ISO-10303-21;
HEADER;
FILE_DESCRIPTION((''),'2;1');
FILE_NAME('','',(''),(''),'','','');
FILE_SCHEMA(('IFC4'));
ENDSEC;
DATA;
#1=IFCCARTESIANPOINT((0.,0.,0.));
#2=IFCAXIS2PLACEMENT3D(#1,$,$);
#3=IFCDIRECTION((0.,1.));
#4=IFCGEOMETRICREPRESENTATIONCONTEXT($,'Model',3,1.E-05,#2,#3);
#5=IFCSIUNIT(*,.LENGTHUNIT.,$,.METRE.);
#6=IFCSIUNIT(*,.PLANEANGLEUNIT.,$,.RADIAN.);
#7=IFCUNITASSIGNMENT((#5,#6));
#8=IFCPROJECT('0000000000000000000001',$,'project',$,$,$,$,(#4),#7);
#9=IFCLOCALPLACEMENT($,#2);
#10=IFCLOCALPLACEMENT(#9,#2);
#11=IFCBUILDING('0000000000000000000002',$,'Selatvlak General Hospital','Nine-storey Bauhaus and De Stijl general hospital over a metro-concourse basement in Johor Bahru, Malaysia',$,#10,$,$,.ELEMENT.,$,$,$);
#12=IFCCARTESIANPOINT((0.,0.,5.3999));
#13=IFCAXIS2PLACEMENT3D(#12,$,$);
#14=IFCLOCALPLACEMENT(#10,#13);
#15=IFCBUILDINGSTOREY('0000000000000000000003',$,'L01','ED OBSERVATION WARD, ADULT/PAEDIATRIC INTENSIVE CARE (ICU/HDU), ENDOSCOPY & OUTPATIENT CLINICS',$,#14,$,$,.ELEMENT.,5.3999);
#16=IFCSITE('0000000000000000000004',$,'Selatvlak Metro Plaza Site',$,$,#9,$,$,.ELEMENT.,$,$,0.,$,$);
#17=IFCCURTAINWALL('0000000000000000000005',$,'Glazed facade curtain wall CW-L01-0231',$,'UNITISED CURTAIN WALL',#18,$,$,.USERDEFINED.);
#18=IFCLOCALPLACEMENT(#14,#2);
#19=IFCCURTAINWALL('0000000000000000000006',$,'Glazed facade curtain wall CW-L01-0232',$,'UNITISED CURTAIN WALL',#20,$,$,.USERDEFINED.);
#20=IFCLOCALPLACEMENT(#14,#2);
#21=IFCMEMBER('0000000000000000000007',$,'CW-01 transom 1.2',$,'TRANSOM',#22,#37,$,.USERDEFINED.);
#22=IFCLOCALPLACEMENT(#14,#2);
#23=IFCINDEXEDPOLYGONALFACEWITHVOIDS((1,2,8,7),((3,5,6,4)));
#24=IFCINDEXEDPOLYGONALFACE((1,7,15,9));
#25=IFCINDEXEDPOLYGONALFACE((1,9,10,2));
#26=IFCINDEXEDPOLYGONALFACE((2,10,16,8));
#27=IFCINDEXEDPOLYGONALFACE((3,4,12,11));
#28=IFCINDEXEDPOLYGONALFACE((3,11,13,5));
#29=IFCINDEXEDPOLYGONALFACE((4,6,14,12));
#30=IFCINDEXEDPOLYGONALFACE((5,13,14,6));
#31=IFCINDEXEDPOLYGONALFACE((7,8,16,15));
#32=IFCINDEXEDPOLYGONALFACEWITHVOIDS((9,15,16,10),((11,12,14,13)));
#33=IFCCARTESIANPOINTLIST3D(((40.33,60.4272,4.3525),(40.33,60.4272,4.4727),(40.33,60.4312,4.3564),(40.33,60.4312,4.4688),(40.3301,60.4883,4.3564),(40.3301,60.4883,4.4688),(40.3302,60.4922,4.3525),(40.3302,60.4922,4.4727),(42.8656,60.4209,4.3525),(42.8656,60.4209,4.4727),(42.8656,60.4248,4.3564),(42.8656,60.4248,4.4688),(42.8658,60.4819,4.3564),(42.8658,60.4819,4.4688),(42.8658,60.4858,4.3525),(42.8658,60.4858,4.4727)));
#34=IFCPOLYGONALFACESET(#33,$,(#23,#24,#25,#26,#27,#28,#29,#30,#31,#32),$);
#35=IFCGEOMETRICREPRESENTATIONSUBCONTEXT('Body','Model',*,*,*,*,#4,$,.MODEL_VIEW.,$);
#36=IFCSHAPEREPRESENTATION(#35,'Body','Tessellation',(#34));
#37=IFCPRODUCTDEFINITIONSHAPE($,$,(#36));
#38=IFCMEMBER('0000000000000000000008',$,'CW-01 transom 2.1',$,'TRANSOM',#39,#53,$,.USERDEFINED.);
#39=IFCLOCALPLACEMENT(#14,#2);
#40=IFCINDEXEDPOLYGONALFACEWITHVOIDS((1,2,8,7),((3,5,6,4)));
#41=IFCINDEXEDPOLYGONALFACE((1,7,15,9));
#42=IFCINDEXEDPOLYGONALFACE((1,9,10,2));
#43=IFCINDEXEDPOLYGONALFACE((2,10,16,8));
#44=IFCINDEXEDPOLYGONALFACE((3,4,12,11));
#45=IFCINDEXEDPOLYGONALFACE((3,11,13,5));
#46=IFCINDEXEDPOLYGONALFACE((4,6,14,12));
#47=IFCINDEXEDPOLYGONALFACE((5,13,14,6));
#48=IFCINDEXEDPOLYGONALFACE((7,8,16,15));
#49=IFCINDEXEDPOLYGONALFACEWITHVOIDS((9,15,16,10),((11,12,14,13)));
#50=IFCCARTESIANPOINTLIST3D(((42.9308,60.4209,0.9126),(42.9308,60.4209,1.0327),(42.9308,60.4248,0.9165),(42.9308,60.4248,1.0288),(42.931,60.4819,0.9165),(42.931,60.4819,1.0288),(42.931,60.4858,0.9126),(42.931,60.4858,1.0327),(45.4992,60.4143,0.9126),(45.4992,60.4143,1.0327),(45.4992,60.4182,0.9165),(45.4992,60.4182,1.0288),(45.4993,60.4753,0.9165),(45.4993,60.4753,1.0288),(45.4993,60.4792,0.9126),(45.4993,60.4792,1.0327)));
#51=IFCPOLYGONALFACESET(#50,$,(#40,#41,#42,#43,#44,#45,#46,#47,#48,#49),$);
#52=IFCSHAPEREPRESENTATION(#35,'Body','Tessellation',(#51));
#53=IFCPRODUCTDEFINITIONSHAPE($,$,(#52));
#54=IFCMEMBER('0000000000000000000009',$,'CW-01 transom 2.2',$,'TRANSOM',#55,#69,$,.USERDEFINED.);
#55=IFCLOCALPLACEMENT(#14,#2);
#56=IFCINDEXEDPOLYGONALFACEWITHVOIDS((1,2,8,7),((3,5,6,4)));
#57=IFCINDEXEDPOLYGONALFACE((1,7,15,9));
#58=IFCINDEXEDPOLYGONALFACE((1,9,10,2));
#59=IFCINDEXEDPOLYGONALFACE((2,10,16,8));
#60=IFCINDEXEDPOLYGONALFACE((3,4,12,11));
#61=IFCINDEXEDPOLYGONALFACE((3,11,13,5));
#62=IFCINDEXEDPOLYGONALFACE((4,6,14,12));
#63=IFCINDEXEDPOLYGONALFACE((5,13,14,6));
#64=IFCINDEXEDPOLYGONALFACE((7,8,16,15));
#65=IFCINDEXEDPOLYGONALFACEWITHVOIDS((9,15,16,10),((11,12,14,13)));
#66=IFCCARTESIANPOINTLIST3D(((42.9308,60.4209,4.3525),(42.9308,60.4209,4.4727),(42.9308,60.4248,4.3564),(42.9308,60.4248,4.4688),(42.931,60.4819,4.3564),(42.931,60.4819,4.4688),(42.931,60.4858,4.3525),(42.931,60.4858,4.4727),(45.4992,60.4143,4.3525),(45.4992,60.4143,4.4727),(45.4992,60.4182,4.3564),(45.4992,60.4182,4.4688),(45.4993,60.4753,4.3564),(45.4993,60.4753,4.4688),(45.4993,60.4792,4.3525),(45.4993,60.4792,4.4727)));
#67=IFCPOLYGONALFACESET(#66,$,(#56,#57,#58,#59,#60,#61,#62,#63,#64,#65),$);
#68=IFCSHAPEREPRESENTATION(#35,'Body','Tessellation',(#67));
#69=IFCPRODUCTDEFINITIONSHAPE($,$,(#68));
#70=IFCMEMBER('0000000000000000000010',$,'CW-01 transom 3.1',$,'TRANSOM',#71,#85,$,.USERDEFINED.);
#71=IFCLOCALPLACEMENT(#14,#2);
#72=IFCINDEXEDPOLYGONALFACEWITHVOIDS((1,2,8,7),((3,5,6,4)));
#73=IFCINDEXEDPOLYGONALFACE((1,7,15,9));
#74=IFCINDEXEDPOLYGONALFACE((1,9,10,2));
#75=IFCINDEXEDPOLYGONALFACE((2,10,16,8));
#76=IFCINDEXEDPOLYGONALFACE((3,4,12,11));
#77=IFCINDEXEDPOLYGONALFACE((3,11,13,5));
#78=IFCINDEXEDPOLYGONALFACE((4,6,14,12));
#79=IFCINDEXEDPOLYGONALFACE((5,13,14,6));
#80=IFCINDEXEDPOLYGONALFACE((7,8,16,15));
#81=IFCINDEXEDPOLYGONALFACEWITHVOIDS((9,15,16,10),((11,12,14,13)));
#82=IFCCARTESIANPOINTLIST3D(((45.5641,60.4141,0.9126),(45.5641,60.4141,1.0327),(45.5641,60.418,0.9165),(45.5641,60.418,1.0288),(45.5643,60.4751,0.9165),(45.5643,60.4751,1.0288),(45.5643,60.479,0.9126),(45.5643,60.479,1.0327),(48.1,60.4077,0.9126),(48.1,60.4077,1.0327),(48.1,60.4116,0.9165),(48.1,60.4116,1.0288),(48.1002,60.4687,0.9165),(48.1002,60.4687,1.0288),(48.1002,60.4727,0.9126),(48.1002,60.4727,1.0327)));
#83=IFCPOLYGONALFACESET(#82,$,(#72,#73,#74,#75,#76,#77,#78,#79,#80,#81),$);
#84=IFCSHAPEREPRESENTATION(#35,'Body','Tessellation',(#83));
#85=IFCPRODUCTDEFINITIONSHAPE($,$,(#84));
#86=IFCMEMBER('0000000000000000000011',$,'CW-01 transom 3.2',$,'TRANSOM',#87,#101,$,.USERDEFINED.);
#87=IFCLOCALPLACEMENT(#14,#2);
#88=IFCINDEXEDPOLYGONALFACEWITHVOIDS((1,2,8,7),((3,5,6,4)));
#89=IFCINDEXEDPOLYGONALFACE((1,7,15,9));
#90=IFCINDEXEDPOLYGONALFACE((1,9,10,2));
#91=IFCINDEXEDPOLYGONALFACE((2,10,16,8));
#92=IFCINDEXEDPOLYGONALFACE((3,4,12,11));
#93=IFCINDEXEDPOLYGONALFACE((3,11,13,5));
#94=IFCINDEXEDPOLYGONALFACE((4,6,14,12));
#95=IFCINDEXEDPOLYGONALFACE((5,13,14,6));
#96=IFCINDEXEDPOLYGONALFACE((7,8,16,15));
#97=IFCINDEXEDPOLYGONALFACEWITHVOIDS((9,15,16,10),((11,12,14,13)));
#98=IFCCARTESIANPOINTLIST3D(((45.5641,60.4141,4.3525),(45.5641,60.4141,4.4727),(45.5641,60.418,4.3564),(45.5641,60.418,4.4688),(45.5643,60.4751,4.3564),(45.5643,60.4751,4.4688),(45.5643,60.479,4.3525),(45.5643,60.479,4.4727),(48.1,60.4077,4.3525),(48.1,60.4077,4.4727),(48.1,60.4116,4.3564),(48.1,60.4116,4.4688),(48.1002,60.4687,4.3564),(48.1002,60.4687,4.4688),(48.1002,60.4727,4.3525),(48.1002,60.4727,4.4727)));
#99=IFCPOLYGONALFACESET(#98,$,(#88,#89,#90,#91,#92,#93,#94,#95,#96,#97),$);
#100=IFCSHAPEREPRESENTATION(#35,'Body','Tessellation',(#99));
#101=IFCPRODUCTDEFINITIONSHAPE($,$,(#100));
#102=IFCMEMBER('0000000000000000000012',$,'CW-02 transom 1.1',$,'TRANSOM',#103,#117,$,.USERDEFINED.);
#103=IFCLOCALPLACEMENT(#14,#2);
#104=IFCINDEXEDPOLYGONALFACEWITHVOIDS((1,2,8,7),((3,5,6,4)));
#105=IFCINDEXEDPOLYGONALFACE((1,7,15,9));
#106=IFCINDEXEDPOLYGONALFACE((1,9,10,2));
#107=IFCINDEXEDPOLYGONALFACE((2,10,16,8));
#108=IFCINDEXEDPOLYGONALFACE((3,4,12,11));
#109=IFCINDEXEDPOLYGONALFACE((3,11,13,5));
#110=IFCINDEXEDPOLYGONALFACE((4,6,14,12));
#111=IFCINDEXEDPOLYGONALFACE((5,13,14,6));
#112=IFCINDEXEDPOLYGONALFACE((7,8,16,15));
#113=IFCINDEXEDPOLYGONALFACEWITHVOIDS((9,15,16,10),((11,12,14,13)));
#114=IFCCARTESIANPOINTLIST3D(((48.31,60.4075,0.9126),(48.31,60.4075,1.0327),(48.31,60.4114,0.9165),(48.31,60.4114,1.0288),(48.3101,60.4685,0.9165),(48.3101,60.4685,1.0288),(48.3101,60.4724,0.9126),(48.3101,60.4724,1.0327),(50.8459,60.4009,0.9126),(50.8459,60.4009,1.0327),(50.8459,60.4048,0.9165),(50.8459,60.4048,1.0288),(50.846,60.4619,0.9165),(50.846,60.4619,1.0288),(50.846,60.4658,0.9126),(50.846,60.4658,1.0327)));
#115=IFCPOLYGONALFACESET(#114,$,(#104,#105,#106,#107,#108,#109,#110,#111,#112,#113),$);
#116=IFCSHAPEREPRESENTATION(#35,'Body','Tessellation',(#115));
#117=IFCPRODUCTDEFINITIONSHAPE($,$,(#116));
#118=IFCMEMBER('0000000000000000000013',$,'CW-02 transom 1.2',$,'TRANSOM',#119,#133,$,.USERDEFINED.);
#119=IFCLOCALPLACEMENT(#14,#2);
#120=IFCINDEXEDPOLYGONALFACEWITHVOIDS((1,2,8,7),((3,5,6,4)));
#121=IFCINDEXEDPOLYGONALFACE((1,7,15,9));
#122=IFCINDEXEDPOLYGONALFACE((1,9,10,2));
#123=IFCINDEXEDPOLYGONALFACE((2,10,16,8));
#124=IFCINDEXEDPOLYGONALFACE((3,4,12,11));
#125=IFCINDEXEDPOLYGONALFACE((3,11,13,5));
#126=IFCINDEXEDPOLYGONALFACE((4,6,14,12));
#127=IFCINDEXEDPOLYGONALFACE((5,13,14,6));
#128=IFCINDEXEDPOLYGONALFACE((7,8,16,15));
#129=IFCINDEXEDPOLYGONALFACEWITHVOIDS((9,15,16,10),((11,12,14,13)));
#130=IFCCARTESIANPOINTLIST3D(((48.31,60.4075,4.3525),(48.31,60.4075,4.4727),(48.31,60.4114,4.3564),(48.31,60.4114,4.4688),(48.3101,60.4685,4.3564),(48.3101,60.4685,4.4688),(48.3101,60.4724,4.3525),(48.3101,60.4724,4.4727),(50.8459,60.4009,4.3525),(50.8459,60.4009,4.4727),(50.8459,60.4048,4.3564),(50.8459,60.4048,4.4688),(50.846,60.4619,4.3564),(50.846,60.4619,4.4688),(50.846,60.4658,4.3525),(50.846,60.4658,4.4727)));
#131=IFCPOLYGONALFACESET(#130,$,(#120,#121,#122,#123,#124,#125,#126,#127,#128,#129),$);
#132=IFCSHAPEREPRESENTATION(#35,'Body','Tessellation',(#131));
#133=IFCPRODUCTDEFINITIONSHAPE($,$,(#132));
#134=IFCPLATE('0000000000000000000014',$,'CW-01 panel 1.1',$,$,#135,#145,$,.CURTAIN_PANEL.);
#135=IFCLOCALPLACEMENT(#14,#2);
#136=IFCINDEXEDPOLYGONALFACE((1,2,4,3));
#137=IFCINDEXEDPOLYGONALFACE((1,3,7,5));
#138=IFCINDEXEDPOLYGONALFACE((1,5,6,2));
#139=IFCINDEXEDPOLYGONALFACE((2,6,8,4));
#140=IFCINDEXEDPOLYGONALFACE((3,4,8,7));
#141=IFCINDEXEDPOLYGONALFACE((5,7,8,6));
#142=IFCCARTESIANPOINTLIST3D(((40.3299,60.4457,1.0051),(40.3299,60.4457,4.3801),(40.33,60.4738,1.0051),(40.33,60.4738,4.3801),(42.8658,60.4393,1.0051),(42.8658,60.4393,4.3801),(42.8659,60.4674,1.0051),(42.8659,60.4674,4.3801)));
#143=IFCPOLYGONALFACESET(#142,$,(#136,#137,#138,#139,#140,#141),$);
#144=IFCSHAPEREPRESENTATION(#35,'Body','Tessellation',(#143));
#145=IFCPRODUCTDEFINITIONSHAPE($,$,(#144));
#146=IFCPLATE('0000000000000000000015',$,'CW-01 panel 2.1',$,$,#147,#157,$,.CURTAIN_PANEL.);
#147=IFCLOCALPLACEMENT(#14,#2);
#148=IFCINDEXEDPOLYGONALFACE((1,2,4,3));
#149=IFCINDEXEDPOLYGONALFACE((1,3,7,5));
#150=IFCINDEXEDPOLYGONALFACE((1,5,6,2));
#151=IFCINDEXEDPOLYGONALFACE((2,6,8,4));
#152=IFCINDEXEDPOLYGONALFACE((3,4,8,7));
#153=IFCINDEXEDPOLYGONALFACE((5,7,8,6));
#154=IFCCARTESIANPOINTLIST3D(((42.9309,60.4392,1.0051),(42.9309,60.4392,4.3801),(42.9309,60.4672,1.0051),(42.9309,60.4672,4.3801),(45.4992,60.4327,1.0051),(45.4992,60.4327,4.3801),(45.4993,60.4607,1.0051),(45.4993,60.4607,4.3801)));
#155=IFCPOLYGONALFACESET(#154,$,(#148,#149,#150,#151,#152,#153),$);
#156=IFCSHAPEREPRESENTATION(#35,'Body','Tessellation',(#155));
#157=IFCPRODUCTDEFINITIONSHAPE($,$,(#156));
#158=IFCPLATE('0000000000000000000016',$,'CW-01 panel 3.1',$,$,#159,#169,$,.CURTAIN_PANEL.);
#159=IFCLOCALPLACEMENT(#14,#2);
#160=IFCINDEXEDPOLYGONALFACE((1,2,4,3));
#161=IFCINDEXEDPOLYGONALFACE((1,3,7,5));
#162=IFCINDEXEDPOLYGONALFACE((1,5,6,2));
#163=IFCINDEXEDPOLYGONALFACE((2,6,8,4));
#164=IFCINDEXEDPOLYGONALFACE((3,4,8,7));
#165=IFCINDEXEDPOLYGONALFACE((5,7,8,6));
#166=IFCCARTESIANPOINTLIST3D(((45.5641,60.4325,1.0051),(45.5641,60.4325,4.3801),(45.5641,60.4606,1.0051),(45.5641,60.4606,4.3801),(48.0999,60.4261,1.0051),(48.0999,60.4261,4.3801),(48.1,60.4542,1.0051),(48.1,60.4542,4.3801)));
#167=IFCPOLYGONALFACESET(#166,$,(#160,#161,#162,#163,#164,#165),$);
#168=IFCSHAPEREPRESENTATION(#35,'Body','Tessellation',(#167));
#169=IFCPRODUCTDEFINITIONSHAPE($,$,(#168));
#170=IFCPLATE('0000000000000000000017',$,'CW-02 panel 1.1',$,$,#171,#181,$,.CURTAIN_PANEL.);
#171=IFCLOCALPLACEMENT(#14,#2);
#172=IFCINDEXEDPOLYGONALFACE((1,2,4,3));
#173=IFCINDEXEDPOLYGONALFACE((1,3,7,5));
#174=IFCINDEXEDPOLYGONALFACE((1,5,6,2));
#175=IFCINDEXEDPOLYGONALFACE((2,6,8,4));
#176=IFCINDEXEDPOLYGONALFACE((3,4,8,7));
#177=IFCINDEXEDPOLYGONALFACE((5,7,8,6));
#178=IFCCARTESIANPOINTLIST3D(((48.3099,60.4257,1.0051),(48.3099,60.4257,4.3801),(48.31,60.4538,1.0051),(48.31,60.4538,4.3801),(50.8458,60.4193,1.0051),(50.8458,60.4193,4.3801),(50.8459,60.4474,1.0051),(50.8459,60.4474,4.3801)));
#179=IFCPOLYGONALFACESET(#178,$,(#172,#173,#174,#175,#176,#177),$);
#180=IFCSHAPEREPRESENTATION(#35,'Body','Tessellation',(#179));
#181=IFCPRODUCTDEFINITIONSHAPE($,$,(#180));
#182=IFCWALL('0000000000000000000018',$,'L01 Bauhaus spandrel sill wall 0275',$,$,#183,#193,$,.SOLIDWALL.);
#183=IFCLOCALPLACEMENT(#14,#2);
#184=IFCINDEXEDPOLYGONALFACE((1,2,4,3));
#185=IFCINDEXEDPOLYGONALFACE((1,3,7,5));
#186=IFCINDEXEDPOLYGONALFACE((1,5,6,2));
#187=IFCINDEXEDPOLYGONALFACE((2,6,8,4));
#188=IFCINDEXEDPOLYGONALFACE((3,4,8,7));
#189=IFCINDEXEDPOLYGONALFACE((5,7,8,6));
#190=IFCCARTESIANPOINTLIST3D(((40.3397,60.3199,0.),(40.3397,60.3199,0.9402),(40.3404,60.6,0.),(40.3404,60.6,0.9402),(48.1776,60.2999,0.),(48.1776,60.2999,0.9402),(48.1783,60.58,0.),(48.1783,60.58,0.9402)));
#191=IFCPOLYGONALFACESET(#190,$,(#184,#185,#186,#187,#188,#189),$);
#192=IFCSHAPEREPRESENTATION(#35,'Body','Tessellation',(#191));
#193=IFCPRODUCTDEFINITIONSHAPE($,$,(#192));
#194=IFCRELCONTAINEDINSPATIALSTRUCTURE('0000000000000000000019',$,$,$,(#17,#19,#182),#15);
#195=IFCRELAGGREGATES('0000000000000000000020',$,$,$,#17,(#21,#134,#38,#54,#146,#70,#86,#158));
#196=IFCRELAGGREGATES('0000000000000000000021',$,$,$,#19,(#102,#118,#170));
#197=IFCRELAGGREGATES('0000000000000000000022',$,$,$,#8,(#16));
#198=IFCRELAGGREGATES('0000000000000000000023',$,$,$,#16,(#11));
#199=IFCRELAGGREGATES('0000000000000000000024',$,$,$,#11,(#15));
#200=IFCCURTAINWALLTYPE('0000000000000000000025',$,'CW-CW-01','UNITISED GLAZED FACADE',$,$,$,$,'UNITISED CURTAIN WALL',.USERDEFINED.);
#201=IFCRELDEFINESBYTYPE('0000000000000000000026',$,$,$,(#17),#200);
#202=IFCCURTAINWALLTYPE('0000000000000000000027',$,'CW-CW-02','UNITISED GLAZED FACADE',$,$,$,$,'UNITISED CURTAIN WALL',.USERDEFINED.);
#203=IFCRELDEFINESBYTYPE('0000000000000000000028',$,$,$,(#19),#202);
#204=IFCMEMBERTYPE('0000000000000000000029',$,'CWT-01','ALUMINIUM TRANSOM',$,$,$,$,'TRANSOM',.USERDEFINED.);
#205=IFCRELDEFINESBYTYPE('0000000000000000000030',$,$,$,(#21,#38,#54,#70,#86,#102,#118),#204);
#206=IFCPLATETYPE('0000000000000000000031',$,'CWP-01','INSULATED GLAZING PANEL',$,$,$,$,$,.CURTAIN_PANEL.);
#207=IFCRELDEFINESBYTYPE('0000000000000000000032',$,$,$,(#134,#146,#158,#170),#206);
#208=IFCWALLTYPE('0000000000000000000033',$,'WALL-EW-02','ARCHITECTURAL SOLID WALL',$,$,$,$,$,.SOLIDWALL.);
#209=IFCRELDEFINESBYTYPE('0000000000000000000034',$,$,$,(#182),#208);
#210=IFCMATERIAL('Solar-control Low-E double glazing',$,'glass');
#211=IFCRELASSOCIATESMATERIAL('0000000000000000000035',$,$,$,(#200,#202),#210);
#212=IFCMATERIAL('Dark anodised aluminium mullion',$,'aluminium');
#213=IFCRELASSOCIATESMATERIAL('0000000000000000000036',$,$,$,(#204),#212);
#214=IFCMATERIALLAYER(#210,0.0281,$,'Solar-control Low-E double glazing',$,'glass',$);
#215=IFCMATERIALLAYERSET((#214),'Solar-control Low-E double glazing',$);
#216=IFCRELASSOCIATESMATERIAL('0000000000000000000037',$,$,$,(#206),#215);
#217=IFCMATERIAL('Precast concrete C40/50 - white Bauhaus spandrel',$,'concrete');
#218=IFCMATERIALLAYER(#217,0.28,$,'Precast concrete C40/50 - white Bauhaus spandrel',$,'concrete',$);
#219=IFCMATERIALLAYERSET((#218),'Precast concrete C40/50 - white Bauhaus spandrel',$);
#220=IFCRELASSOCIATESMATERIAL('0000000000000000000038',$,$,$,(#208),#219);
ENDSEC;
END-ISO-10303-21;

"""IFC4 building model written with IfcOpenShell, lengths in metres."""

from ifc_helpers import new_model, si_unit, direction, frame, frame_2d, origin, origin_2d, place, context, subcontext, project, spatial, rectangle, hollow_rectangle, extrude, material, layer, layer_set, material_profile, profile_set, type_object, element, aggregate, save


model = new_model("IFC4")

# Units and contexts
model_context = context("Model", 3, precision=1e-05, world=origin(), true_north=direction((0.0, 1.0)))
body_context = subcontext(model_context, "Body", "Model", "MODEL_VIEW")
ifc_project = project(units=[si_unit("LENGTHUNIT", "METRE"), si_unit("PLANEANGLEUNIT", "RADIAN")], contexts=[model_context])

# Site, building, storey
site_placement = place(None, origin())
site = spatial("IfcSite", under=ifc_project, at=site_placement, Name="Selatvlak Metro Plaza Site", CompositionType="ELEMENT", RefElevation=0.0)
building_placement = place(site_placement, origin())
building = spatial("IfcBuilding", under=site, at=building_placement, Name="Selatvlak General Hospital", Description="Nine-storey Bauhaus and De Stijl general hospital over a metro-concourse basement in Johor Bahru, Malaysia", CompositionType="ELEMENT")
storey_placement = place(building_placement, frame((0.0, 0.0, 5.3999)))
storey = spatial("IfcBuildingStorey", under=building, at=storey_placement, Name="L01", Description="ED OBSERVATION WARD, ADULT/PAEDIATRIC INTENSIVE CARE (ICU/HDU), ENDOSCOPY & OUTPATIENT CLINICS", CompositionType="ELEMENT", Elevation=5.3999)

# Shared definitions
ifc_material_1 = material(Name="Solar-control Low-E double glazing", Category="glass")
curtain_wall_type_1 = type_object("IfcCurtainWallType", Name="CW-CW-01", Description="UNITISED GLAZED FACADE", ElementType="UNITISED CURTAIN WALL", PredefinedType="USERDEFINED", material=ifc_material_1)
ifc_material_2 = material(Name="Dark anodised aluminium mullion", Category="aluminium")

# Curtain wall
curtain_wall_1_placement = place(storey_placement, origin())
curtain_wall_1 = element("IfcCurtainWall", 1, at=curtain_wall_1_placement, inside=storey, type_object=curtain_wall_type_1, Name="Glazed facade curtain wall CW-L01-0231", ObjectType="UNITISED CURTAIN WALL", PredefinedType="USERDEFINED")

# Curtain wall
curtain_wall_type_2 = type_object("IfcCurtainWallType", Name="CW-CW-02", Description="UNITISED GLAZED FACADE", ElementType="UNITISED CURTAIN WALL", PredefinedType="USERDEFINED", material=ifc_material_1)
curtain_wall_2_placement = place(storey_placement, origin())
curtain_wall_2 = element("IfcCurtainWall", 2, at=curtain_wall_2_placement, inside=storey, type_object=curtain_wall_type_2, Name="Glazed facade curtain wall CW-L01-0232", ObjectType="UNITISED CURTAIN WALL", PredefinedType="USERDEFINED")

# Members
ifc_material_profile_1 = material_profile(ifc_material_2, hollow_rectangle(XDim=0.0649, YDim=0.1201, WallThickness=0.0039, at=origin_2d()), Name="AL-TRN 65x120x4")
ifc_profile_set_1 = profile_set([ifc_material_profile_1], Name="Dark anodised aluminium mullion")
member_type_1 = type_object("IfcMemberType", Name="CWT-01", Description="ALUMINIUM TRANSOM", ElementType="TRANSOM", PredefinedType="USERDEFINED", material=ifc_profile_set_1)
member_1_placement = place(storey_placement, frame((40.3301, 60.4597, 4.4126), z_axis=(0.999997, -0.002503, 0.0), x_axis=(0.002503, 0.999997, 0.0)))
member_1 = element("IfcMember", 3, at=member_1_placement, type_object=member_type_1, Name="CW-01 transom 1.2", ObjectType="TRANSOM", PredefinedType="USERDEFINED", context=body_context, shape_type="SweptSolid", body=[
    extrude(hollow_rectangle(XDim=0.0649, YDim=0.1201, WallThickness=0.0039, at=origin_2d()), origin(), (0.0, 0.0, 1.0), 2.5356),
])
member_2_placement = place(storey_placement, frame((42.9309, 60.4534, 0.9727), z_axis=(0.999997, -0.002567, 0.0), x_axis=(0.002567, 0.999997, 0.0)))
member_2 = element("IfcMember", 4, at=member_2_placement, type_object=member_type_1, Name="CW-01 transom 2.1", ObjectType="TRANSOM", PredefinedType="USERDEFINED", context=body_context, shape_type="SweptSolid", body=[
    extrude(hollow_rectangle(XDim=0.0649, YDim=0.1201, WallThickness=0.0039, at=origin_2d()), origin(), (0.0, 0.0, 1.0), 2.5684),
])
member_3_placement = place(storey_placement, frame((42.9309, 60.4534, 4.4126), z_axis=(0.999997, -0.002567, 0.0), x_axis=(0.002567, 0.999997, 0.0)))
member_3 = element("IfcMember", 5, at=member_3_placement, type_object=member_type_1, Name="CW-01 transom 2.2", ObjectType="TRANSOM", PredefinedType="USERDEFINED", context=body_context, shape_type="SweptSolid", body=[
    extrude(hollow_rectangle(XDim=0.0649, YDim=0.1201, WallThickness=0.0039, at=origin_2d()), origin(), (0.0, 0.0, 1.0), 2.5684),
])
member_4_placement = place(storey_placement, frame((45.5642, 60.4465, 0.9727), z_axis=(0.999997, -0.002503, 0.0), x_axis=(0.002503, 0.999997, 0.0)))
member_4 = element("IfcMember", 6, at=member_4_placement, type_object=member_type_1, Name="CW-01 transom 3.1", ObjectType="TRANSOM", PredefinedType="USERDEFINED", context=body_context, shape_type="SweptSolid", body=[
    extrude(hollow_rectangle(XDim=0.0649, YDim=0.1201, WallThickness=0.0039, at=origin_2d()), origin(), (0.0, 0.0, 1.0), 2.5359),
])
member_5_placement = place(storey_placement, frame((45.5642, 60.4465, 4.4126), z_axis=(0.999997, -0.002503, 0.0), x_axis=(0.002503, 0.999997, 0.0)))
member_5 = element("IfcMember", 7, at=member_5_placement, type_object=member_type_1, Name="CW-01 transom 3.2", ObjectType="TRANSOM", PredefinedType="USERDEFINED", context=body_context, shape_type="SweptSolid", body=[
    extrude(hollow_rectangle(XDim=0.0649, YDim=0.1201, WallThickness=0.0039, at=origin_2d()), origin(), (0.0, 0.0, 1.0), 2.5359),
])
member_6_placement = place(storey_placement, frame((48.3101, 60.4399, 0.9727), z_axis=(0.999997, -0.002599, 0.0), x_axis=(0.002599, 0.999997, 0.0)))
member_6 = element("IfcMember", 8, at=member_6_placement, type_object=member_type_1, Name="CW-02 transom 1.1", ObjectType="TRANSOM", PredefinedType="USERDEFINED", context=body_context, shape_type="SweptSolid", body=[
    extrude(hollow_rectangle(XDim=0.0649, YDim=0.1201, WallThickness=0.0039, at=origin_2d()), origin(), (0.0, 0.0, 1.0), 2.5359),
])
member_7_placement = place(storey_placement, frame((48.3101, 60.4399, 4.4126), z_axis=(0.999997, -0.002599, 0.0), x_axis=(0.002599, 0.999997, 0.0)))
member_7 = element("IfcMember", 9, at=member_7_placement, type_object=member_type_1, Name="CW-02 transom 1.2", ObjectType="TRANSOM", PredefinedType="USERDEFINED", context=body_context, shape_type="SweptSolid", body=[
    extrude(hollow_rectangle(XDim=0.0649, YDim=0.1201, WallThickness=0.0039, at=origin_2d()), origin(), (0.0, 0.0, 1.0), 2.5359),
])

# Plates
ifc_layer_1 = layer(ifc_material_1, 0.0281, Name="Solar-control Low-E double glazing", Category="glass")
ifc_layer_set_1 = layer_set([ifc_layer_1], Name="Solar-control Low-E double glazing")
plate_type = type_object("IfcPlateType", Name="CWP-01", Description="INSULATED GLAZING PANEL", PredefinedType="CURTAIN_PANEL", material=ifc_layer_set_1)
plate_1_placement = place(storey_placement, frame((41.5979, 60.4565, 1.0051), z_axis=(0.0, 0.0, 1.0), x_axis=(0.999997, -0.002532, 0.0)))
plate_1 = element("IfcPlate", 10, at=plate_1_placement, type_object=plate_type, Name="CW-01 panel 1.1", PredefinedType="CURTAIN_PANEL", context=body_context, shape_type="SweptSolid", body=[
    extrude(rectangle(XDim=2.5359, YDim=0.0281, at=origin_2d()), origin(), (0.0, 0.0, 1.0), 3.375),
])
plate_2_placement = place(storey_placement, frame((44.2151, 60.45, 1.0051), z_axis=(0.0, 0.0, 1.0), x_axis=(0.999997, -0.002532, 0.0)))
plate_2 = element("IfcPlate", 11, at=plate_2_placement, type_object=plate_type, Name="CW-01 panel 2.1", PredefinedType="CURTAIN_PANEL", context=body_context, shape_type="SweptSolid", body=[
    extrude(rectangle(XDim=2.5684, YDim=0.0281, at=origin_2d()), origin(), (0.0, 0.0, 1.0), 3.375),
])
plate_3_placement = place(storey_placement, frame((46.832, 60.4434, 1.0051), z_axis=(0.0, 0.0, 1.0), x_axis=(0.999997, -0.002532, 0.0)))
plate_3 = element("IfcPlate", 12, at=plate_3_placement, type_object=plate_type, Name="CW-01 panel 3.1", PredefinedType="CURTAIN_PANEL", context=body_context, shape_type="SweptSolid", body=[
    extrude(rectangle(XDim=2.5359, YDim=0.0281, at=origin_2d()), origin(), (0.0, 0.0, 1.0), 3.375),
])
aggregate(curtain_wall_1, [member_1, plate_1, member_2, member_3, plate_2, member_4, member_5, plate_3])
plate_4_placement = place(storey_placement, frame((49.5779, 60.4365, 1.0051), z_axis=(0.0, 0.0, 1.0), x_axis=(0.999997, -0.002532, 0.0)))
plate_4 = element("IfcPlate", 13, at=plate_4_placement, type_object=plate_type, Name="CW-02 panel 1.1", PredefinedType="CURTAIN_PANEL", context=body_context, shape_type="SweptSolid", body=[
    extrude(rectangle(XDim=2.5359, YDim=0.0281, at=origin_2d()), origin(), (0.0, 0.0, 1.0), 3.375),
])
aggregate(curtain_wall_2, [member_6, member_7, plate_4])

# Wall
ifc_material_3 = material(Name="Precast concrete C40/50 - white Bauhaus spandrel", Category="concrete")
ifc_layer_2 = layer(ifc_material_3, 0.28, Name="Precast concrete C40/50 - white Bauhaus spandrel", Category="concrete")
ifc_layer_set_2 = layer_set([ifc_layer_2], Name="Precast concrete C40/50 - white Bauhaus spandrel")
wall_type_1 = type_object("IfcWallType", Name="WALL-EW-02", Description="ARCHITECTURAL SOLID WALL", PredefinedType="SOLIDWALL", material=ifc_layer_set_2)
wall_1_placement = place(storey_placement, frame((40.3401, 60.46, 0.0), z_axis=(0.0, 0.0, 1.0), x_axis=(0.999997, -0.002554, 0.0)))
element("IfcWall", 14, at=wall_1_placement, inside=storey, type_object=wall_type_1, Name="L01 Bauhaus spandrel sill wall 0275", PredefinedType="SOLIDWALL", context=body_context, shape_type="SweptSolid", body=[
    extrude(rectangle(XDim=7.8379, YDim=0.28, at=frame_2d((3.9189, 0.0))), origin(), (0.0, 0.0, 1.0), 0.9402),
])

save(model, "model.ifc")
